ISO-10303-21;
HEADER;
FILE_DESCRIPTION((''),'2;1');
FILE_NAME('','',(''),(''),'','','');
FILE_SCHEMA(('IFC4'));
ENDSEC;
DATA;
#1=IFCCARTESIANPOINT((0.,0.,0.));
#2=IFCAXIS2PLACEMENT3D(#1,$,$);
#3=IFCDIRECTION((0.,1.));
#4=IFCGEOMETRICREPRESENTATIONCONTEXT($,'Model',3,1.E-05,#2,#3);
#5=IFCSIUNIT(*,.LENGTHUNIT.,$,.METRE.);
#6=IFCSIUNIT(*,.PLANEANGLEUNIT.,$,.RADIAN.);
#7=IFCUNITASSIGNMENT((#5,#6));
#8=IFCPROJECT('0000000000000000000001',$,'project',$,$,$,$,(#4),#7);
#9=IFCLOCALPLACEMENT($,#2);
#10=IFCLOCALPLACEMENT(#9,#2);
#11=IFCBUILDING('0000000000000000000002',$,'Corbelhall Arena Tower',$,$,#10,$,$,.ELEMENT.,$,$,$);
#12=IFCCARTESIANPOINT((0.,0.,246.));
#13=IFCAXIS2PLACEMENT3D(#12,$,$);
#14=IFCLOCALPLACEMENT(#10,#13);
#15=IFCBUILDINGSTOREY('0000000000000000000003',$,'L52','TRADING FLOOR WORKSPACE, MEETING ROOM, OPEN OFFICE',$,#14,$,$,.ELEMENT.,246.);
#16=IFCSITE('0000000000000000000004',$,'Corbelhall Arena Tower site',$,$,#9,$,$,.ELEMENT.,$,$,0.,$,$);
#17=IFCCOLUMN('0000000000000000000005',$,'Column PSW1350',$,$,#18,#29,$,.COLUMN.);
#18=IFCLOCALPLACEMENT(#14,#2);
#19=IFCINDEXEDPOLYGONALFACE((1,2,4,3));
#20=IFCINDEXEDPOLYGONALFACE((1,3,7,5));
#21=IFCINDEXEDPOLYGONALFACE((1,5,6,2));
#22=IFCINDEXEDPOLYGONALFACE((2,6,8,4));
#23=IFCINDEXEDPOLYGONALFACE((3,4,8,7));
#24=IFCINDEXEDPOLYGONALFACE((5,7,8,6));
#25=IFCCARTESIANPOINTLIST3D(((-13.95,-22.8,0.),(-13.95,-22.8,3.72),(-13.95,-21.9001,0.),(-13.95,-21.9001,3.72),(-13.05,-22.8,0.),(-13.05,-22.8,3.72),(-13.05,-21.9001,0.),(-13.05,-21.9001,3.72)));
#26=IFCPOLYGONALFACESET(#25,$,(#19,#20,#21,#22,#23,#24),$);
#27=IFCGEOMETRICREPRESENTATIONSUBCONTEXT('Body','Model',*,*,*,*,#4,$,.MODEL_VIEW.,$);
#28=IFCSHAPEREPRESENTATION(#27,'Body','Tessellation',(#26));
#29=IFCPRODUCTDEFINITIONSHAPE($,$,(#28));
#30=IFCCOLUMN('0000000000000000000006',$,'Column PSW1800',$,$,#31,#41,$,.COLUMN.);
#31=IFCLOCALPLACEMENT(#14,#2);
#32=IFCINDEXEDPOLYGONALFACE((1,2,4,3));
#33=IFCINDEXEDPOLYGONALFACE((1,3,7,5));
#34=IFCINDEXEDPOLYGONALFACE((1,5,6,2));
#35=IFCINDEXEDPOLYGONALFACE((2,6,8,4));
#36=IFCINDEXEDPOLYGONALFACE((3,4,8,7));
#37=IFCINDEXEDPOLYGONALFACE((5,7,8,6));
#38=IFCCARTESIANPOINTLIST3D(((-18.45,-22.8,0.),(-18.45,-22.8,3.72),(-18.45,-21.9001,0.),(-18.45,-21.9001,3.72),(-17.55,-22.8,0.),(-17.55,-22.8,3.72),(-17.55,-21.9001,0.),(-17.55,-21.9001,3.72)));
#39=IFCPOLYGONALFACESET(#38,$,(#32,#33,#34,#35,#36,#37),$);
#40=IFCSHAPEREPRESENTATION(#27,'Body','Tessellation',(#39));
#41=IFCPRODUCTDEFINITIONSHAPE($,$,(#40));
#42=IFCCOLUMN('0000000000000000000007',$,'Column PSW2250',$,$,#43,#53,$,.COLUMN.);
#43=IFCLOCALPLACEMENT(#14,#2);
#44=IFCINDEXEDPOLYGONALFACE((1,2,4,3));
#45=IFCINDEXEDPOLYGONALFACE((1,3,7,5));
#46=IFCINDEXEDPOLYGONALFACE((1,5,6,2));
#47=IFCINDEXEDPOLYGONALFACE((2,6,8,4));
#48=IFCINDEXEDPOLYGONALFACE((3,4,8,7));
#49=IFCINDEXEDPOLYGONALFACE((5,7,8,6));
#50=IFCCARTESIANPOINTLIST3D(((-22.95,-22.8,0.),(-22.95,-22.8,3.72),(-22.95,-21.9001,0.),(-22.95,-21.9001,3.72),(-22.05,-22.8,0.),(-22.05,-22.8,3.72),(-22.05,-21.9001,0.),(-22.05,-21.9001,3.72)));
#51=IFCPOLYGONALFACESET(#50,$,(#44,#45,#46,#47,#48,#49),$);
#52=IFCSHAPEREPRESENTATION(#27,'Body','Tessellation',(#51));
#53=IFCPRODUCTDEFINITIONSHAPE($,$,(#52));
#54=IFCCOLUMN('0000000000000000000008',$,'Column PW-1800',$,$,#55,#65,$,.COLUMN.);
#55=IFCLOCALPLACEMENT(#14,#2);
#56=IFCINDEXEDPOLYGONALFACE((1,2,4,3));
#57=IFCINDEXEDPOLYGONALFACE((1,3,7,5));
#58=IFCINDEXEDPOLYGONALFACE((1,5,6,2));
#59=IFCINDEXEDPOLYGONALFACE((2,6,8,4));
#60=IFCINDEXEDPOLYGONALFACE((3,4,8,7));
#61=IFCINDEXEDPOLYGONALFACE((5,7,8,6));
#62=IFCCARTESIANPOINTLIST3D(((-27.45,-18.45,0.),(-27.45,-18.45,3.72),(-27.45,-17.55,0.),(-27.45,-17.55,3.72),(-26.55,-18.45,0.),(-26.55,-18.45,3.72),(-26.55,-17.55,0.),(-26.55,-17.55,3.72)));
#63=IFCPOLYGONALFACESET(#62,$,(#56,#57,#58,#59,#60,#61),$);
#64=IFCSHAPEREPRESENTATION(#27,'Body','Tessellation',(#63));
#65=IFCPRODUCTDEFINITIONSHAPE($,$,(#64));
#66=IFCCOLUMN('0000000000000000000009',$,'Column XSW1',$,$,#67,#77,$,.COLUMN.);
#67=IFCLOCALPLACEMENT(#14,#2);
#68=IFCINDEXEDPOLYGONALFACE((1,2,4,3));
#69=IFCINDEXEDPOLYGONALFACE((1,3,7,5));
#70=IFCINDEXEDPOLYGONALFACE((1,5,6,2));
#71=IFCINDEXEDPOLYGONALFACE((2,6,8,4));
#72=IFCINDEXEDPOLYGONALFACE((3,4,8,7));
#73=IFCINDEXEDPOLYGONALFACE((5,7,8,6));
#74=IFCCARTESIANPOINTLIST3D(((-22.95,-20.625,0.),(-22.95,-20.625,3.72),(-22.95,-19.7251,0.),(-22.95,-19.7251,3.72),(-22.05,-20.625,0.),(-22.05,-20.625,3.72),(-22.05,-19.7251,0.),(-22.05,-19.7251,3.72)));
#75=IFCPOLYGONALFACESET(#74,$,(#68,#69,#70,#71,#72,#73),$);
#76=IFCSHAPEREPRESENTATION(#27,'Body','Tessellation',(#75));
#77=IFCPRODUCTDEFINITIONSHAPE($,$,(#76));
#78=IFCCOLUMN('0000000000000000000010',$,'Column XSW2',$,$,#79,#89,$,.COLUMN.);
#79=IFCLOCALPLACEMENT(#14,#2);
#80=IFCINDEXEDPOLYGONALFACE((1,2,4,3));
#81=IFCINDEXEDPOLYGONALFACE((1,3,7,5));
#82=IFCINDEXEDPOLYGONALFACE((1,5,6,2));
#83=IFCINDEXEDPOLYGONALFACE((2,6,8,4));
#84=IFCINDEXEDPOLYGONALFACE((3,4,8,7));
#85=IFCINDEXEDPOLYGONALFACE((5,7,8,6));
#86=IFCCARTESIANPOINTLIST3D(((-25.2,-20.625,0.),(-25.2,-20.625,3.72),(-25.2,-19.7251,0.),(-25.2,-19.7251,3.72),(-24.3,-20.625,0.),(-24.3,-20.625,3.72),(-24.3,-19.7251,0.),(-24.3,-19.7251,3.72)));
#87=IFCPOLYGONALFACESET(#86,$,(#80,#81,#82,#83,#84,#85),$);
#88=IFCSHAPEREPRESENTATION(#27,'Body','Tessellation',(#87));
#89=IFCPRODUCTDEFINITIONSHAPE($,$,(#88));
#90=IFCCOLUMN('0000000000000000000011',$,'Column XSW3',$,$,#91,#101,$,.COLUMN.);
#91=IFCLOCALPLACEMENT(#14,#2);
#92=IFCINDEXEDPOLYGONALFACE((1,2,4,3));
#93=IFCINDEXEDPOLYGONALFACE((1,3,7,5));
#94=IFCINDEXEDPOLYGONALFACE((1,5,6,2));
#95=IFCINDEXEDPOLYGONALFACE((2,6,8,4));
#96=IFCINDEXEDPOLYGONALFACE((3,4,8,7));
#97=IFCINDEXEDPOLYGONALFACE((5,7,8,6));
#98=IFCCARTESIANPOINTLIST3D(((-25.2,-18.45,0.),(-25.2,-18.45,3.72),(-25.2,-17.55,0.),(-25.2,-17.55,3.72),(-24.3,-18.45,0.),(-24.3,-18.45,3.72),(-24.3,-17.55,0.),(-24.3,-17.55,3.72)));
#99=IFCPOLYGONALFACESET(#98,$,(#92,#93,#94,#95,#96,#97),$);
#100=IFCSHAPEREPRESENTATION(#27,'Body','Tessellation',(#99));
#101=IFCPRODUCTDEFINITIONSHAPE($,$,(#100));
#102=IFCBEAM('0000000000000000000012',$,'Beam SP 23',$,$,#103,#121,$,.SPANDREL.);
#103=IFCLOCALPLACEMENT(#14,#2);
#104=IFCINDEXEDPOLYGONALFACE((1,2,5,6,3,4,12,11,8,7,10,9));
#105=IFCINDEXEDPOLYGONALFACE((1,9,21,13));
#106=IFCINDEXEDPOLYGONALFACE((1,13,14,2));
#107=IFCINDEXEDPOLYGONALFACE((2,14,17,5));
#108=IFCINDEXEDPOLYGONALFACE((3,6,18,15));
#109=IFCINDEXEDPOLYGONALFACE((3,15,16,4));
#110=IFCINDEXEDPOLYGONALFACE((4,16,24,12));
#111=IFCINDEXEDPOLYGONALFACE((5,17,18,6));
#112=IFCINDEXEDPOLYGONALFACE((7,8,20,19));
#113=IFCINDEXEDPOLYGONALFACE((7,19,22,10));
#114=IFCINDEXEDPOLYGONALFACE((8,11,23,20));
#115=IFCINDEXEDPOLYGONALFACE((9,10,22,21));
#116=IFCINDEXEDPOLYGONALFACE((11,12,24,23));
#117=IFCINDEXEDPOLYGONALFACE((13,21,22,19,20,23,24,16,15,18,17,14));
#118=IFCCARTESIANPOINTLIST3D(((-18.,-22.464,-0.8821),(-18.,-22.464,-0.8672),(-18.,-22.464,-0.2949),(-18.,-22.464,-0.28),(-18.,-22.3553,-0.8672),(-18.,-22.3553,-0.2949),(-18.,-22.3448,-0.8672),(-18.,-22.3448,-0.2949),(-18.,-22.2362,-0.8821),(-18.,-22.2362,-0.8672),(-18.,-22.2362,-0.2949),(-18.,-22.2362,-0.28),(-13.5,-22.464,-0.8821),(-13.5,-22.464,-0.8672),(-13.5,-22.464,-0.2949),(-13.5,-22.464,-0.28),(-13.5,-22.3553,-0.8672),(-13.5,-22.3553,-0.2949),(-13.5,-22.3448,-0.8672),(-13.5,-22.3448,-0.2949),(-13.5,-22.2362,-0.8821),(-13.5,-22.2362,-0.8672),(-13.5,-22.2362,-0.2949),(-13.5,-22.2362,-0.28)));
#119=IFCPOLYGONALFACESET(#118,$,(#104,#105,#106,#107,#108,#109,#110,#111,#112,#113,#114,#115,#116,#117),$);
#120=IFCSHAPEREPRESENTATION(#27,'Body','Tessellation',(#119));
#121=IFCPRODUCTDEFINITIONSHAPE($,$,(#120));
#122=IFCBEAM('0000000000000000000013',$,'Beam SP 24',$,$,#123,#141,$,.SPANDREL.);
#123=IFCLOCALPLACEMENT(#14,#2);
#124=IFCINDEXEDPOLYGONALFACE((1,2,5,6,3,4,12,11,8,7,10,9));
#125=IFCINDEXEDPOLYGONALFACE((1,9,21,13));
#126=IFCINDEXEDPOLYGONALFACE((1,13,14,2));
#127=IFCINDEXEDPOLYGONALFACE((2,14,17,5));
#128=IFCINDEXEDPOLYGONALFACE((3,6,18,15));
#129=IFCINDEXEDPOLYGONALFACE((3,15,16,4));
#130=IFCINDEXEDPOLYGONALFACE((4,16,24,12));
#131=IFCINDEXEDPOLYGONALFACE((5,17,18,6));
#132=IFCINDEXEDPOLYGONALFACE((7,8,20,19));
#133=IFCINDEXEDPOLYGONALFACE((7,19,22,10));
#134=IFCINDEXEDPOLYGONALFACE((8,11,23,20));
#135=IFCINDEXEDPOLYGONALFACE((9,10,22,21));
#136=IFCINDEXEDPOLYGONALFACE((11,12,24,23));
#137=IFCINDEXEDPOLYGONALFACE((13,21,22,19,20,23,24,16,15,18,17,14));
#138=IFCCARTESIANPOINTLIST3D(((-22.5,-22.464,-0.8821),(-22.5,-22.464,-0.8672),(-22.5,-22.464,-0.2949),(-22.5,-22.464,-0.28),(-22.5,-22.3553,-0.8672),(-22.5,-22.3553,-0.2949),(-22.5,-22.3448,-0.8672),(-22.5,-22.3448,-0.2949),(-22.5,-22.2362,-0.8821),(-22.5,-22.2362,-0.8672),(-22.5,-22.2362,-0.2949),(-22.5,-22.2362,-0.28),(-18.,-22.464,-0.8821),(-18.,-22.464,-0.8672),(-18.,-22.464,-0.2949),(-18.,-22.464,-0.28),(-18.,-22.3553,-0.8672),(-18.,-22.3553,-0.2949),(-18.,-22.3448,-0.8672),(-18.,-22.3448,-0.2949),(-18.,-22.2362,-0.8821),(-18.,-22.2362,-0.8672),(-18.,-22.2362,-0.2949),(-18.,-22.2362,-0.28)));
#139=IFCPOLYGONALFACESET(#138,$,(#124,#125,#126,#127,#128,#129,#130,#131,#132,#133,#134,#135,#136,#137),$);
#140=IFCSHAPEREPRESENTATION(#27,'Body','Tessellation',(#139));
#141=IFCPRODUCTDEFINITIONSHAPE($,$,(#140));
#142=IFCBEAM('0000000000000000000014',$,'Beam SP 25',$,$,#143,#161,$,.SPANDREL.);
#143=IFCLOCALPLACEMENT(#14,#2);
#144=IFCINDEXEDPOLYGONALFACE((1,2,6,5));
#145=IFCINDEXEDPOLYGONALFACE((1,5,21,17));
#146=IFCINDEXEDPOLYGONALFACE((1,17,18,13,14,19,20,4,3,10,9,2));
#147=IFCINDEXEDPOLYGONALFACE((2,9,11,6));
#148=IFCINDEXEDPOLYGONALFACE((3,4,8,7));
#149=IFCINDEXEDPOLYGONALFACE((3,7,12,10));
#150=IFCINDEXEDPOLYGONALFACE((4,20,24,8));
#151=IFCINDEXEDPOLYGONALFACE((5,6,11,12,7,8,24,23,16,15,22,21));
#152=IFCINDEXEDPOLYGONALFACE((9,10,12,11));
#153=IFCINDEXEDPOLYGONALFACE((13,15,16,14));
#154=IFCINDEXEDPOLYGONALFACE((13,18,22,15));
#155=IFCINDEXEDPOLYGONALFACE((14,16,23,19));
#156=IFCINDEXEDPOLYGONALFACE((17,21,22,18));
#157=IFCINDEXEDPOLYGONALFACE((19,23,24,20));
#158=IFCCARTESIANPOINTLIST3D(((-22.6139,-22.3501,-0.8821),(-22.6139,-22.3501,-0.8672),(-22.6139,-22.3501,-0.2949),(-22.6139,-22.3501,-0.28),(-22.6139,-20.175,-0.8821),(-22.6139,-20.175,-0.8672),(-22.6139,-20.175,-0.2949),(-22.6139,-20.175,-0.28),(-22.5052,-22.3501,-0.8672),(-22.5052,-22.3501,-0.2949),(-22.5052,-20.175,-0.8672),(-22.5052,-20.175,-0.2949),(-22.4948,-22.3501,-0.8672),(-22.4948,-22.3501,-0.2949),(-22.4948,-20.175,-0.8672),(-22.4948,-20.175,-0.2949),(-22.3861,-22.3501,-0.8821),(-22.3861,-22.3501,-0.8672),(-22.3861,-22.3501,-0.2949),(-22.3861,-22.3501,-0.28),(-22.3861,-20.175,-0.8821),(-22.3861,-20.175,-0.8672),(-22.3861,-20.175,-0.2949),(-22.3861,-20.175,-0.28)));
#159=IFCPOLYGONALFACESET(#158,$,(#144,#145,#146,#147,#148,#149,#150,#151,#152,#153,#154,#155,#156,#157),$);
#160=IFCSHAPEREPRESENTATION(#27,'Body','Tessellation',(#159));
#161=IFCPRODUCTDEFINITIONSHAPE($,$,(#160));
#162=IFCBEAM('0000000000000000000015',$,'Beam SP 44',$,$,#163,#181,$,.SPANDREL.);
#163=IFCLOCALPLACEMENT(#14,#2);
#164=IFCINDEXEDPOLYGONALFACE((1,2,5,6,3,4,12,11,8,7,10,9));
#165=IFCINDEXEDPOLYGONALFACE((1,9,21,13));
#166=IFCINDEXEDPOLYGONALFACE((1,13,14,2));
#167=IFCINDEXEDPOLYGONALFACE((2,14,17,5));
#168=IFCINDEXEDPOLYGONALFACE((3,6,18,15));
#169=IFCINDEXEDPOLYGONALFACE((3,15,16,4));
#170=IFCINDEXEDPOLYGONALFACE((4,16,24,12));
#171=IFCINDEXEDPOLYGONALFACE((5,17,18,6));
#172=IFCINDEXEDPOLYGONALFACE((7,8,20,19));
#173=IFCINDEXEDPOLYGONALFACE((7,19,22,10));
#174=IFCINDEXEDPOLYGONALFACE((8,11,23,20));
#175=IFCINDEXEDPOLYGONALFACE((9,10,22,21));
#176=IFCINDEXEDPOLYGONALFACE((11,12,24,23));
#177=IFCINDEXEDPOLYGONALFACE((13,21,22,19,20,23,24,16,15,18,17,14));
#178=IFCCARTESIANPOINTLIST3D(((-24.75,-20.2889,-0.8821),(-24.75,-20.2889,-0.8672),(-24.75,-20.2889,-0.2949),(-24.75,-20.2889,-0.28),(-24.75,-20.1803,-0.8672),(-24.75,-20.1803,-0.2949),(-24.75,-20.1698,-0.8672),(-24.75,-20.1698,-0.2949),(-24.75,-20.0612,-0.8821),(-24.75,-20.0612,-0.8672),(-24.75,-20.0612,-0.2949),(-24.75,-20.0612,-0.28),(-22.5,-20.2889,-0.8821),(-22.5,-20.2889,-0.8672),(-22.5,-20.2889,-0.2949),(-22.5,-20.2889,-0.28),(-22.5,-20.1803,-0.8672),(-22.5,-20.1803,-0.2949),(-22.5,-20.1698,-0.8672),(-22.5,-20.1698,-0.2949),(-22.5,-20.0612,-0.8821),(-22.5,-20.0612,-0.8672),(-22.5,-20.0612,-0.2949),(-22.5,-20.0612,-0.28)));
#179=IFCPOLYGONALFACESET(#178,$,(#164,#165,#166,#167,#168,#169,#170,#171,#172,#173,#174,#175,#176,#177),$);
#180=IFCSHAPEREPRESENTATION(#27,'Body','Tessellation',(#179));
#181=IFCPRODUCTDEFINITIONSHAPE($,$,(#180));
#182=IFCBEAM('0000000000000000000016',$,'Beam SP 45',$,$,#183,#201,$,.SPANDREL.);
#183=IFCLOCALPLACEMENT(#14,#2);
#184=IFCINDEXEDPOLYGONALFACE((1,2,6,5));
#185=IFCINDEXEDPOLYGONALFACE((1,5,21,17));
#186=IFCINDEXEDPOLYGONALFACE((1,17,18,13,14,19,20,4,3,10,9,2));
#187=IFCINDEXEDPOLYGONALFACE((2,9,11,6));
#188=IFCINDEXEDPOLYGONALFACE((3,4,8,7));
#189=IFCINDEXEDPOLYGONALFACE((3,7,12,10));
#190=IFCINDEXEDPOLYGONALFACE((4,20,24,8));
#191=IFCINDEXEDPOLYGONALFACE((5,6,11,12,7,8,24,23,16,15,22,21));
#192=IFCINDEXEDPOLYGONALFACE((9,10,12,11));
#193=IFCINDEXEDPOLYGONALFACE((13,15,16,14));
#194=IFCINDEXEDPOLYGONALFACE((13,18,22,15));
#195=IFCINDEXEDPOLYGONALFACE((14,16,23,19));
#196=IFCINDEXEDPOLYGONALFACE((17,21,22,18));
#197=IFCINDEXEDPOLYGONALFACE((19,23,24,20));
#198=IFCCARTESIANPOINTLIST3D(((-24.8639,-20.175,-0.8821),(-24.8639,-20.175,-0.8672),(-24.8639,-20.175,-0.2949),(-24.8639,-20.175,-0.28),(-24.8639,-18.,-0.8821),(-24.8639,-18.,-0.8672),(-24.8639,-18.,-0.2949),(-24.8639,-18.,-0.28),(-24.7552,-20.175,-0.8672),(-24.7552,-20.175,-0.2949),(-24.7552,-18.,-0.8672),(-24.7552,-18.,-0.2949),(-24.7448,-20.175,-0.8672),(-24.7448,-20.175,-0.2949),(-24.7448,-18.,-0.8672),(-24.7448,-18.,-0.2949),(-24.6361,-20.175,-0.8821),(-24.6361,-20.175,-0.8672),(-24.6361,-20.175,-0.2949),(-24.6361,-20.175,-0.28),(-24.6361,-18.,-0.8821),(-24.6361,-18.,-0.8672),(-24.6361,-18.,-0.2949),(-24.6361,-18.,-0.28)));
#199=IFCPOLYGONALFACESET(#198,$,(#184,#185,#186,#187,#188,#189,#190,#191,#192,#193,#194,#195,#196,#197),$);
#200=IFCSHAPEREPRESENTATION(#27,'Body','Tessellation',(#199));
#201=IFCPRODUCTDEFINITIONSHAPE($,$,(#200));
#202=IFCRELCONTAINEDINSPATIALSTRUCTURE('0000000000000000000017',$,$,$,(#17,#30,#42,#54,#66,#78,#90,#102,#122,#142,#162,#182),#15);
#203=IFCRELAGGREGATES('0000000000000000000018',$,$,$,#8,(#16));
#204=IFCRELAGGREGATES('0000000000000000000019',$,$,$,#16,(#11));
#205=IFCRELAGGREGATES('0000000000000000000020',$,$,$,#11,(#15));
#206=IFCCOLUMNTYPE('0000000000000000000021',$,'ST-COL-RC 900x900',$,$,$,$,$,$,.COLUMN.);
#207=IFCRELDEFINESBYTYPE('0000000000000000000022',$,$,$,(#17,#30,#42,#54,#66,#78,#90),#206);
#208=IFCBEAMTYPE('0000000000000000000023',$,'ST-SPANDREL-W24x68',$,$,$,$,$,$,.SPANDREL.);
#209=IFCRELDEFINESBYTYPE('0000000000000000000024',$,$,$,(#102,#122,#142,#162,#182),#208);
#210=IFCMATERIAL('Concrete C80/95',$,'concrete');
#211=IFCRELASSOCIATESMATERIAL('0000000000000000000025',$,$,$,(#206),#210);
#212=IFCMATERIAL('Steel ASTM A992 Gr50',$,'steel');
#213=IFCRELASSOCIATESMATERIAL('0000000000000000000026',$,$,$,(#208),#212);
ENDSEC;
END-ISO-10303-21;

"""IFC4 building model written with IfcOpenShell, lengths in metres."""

from ifc_helpers import new_model, si_unit, direction, frame, origin, origin_2d, place, context, subcontext, project, spatial, rectangle, i_section, extrude, material, material_profile, profile_set, type_object, element, save


model = new_model("IFC4")

# Units and contexts
model_context = context("Model", 3, precision=1e-05, world=origin(), true_north=direction((0.0, 1.0)))
body_context = subcontext(model_context, "Body", "Model", "MODEL_VIEW")
ifc_project = project(units=[si_unit("LENGTHUNIT", "METRE"), si_unit("PLANEANGLEUNIT", "RADIAN")], contexts=[model_context])

# Site, building, storey
site_placement = place(None, origin())
site = spatial("IfcSite", under=ifc_project, at=site_placement, Name="Corbelhall Arena Tower site", CompositionType="ELEMENT", RefElevation=0.0)
building_placement = place(site_placement, origin())
building = spatial("IfcBuilding", under=site, at=building_placement, Name="Corbelhall Arena Tower", CompositionType="ELEMENT")
storey_placement = place(building_placement, frame((0.0, 0.0, 246.0)))
storey = spatial("IfcBuildingStorey", under=building, at=storey_placement, Name="L52", Description="TRADING FLOOR WORKSPACE, MEETING ROOM, OPEN OFFICE", CompositionType="ELEMENT", Elevation=246.0)

# Columns
ifc_material_1 = material(Name="Concrete C80/95", Category="concrete")
ifc_material_profile_1 = material_profile(ifc_material_1, rectangle(XDim=0.8999, YDim=0.8999, at=origin_2d()))
ifc_profile_set_1 = profile_set([ifc_material_profile_1], Name="Concrete C80/95")
column_type = type_object("IfcColumnType", Name="ST-COL-RC 900x900", PredefinedType="COLUMN", material=ifc_profile_set_1)
for number, where, z_axis, x_axis, name in (
    (1, (-13.5, -22.3501, 0.0), (0.0, 0.0, 1.0), (1.0, 0.0, 0.0), "Column PSW1350"),
    (2, (-18.0, -22.3501, 0.0), (0.0, 0.0, 1.0), (1.0, 0.0, 0.0), "Column PSW1800"),
    (3, (-22.5, -22.3501, 0.0), (0.0, 0.0, 1.0), (1.0, 0.0, 0.0), "Column PSW2250"),
    (4, (-27.0, -18.0, 0.0), (0.0, 0.0, 1.0), (0.0, 1.0, 0.0), "Column PW-1800"),
    (5, (-22.5, -20.175, 0.0), (0.0, 0.0, 1.0), (1.0, 0.0, 0.0), "Column XSW1"),
    (6, (-24.75, -20.175, 0.0), (0.0, 0.0, 1.0), (1.0, 0.0, 0.0), "Column XSW2"),
    (7, (-24.75, -18.0, 0.0), (0.0, 0.0, 1.0), (1.0, 0.0, 0.0), "Column XSW3"),
):
    element("IfcColumn", number, at=place(storey_placement, frame(where, z_axis=z_axis, x_axis=x_axis)), inside=storey, type_object=column_type, Name=name, PredefinedType="COLUMN", context=body_context, shape_type="SweptSolid", body=[
        extrude(rectangle(XDim=0.8999, YDim=0.8999, at=origin_2d()), origin(), (0.0, 0.0, 1.0), 3.72),
    ])

# Beams
ifc_material_2 = material(Name="Steel ASTM A992 Gr50", Category="steel")
ifc_material_profile_2 = material_profile(ifc_material_2, i_section(OverallWidth=0.2278, OverallDepth=0.6021, WebThickness=0.0105, FlangeThickness=0.0149, at=origin_2d()))
ifc_profile_set_2 = profile_set([ifc_material_profile_2], Name="Steel ASTM A992 Gr50")
beam_type_1 = type_object("IfcBeamType", Name="ST-SPANDREL-W24x68", PredefinedType="SPANDREL", material=ifc_profile_set_2)
for number, where, z_axis, x_axis, name in (
    (8, (-13.5, -22.3501, -0.5811), (-1.0, 0.0, 0.0), (0.0, -1.0, 0.0), "Beam SP 23"),
    (9, (-18.0, -22.3501, -0.5811), (-1.0, 0.0, 0.0), (0.0, -1.0, 0.0), "Beam SP 24"),
):
    element("IfcBeam", number, at=place(storey_placement, frame(where, z_axis=z_axis, x_axis=x_axis)), inside=storey, type_object=beam_type_1, Name=name, PredefinedType="SPANDREL", context=body_context, shape_type="SweptSolid", body=[
        extrude(i_section(OverallWidth=0.2278, OverallDepth=0.6021, WebThickness=0.0105, FlangeThickness=0.0149, at=origin_2d()), origin(), (0.0, 0.0, 1.0), 4.5),
    ])
beam_1_placement = place(storey_placement, frame((-22.5, -22.3501, -0.5811), z_axis=(0.0, 1.0, 0.0), x_axis=(-1.0, 0.0, 0.0)))
element("IfcBeam", 10, at=beam_1_placement, inside=storey, type_object=beam_type_1, Name="Beam SP 25", PredefinedType="SPANDREL", context=body_context, shape_type="SweptSolid", body=[
    extrude(i_section(OverallWidth=0.2278, OverallDepth=0.6021, WebThickness=0.0105, FlangeThickness=0.0149, at=origin_2d()), origin(), (0.0, 0.0, 1.0), 2.175),
])
beam_2_placement = place(storey_placement, frame((-22.5, -20.175, -0.5811), z_axis=(-1.0, 0.0, 0.0), x_axis=(0.0, -1.0, 0.0)))
element("IfcBeam", 11, at=beam_2_placement, inside=storey, type_object=beam_type_1, Name="Beam SP 44", PredefinedType="SPANDREL", context=body_context, shape_type="SweptSolid", body=[
    extrude(i_section(OverallWidth=0.2278, OverallDepth=0.6021, WebThickness=0.0105, FlangeThickness=0.0149, at=origin_2d()), origin(), (0.0, 0.0, 1.0), 2.25),
])
beam_3_placement = place(storey_placement, frame((-24.75, -20.175, -0.5811), z_axis=(0.0, 1.0, 0.0), x_axis=(-1.0, 0.0, 0.0)))
element("IfcBeam", 12, at=beam_3_placement, inside=storey, type_object=beam_type_1, Name="Beam SP 45", PredefinedType="SPANDREL", context=body_context, shape_type="SweptSolid", body=[
    extrude(i_section(OverallWidth=0.2278, OverallDepth=0.6021, WebThickness=0.0105, FlangeThickness=0.0149, at=origin_2d()), origin(), (0.0, 0.0, 1.0), 2.175),
])

save(model, "model.ifc")
